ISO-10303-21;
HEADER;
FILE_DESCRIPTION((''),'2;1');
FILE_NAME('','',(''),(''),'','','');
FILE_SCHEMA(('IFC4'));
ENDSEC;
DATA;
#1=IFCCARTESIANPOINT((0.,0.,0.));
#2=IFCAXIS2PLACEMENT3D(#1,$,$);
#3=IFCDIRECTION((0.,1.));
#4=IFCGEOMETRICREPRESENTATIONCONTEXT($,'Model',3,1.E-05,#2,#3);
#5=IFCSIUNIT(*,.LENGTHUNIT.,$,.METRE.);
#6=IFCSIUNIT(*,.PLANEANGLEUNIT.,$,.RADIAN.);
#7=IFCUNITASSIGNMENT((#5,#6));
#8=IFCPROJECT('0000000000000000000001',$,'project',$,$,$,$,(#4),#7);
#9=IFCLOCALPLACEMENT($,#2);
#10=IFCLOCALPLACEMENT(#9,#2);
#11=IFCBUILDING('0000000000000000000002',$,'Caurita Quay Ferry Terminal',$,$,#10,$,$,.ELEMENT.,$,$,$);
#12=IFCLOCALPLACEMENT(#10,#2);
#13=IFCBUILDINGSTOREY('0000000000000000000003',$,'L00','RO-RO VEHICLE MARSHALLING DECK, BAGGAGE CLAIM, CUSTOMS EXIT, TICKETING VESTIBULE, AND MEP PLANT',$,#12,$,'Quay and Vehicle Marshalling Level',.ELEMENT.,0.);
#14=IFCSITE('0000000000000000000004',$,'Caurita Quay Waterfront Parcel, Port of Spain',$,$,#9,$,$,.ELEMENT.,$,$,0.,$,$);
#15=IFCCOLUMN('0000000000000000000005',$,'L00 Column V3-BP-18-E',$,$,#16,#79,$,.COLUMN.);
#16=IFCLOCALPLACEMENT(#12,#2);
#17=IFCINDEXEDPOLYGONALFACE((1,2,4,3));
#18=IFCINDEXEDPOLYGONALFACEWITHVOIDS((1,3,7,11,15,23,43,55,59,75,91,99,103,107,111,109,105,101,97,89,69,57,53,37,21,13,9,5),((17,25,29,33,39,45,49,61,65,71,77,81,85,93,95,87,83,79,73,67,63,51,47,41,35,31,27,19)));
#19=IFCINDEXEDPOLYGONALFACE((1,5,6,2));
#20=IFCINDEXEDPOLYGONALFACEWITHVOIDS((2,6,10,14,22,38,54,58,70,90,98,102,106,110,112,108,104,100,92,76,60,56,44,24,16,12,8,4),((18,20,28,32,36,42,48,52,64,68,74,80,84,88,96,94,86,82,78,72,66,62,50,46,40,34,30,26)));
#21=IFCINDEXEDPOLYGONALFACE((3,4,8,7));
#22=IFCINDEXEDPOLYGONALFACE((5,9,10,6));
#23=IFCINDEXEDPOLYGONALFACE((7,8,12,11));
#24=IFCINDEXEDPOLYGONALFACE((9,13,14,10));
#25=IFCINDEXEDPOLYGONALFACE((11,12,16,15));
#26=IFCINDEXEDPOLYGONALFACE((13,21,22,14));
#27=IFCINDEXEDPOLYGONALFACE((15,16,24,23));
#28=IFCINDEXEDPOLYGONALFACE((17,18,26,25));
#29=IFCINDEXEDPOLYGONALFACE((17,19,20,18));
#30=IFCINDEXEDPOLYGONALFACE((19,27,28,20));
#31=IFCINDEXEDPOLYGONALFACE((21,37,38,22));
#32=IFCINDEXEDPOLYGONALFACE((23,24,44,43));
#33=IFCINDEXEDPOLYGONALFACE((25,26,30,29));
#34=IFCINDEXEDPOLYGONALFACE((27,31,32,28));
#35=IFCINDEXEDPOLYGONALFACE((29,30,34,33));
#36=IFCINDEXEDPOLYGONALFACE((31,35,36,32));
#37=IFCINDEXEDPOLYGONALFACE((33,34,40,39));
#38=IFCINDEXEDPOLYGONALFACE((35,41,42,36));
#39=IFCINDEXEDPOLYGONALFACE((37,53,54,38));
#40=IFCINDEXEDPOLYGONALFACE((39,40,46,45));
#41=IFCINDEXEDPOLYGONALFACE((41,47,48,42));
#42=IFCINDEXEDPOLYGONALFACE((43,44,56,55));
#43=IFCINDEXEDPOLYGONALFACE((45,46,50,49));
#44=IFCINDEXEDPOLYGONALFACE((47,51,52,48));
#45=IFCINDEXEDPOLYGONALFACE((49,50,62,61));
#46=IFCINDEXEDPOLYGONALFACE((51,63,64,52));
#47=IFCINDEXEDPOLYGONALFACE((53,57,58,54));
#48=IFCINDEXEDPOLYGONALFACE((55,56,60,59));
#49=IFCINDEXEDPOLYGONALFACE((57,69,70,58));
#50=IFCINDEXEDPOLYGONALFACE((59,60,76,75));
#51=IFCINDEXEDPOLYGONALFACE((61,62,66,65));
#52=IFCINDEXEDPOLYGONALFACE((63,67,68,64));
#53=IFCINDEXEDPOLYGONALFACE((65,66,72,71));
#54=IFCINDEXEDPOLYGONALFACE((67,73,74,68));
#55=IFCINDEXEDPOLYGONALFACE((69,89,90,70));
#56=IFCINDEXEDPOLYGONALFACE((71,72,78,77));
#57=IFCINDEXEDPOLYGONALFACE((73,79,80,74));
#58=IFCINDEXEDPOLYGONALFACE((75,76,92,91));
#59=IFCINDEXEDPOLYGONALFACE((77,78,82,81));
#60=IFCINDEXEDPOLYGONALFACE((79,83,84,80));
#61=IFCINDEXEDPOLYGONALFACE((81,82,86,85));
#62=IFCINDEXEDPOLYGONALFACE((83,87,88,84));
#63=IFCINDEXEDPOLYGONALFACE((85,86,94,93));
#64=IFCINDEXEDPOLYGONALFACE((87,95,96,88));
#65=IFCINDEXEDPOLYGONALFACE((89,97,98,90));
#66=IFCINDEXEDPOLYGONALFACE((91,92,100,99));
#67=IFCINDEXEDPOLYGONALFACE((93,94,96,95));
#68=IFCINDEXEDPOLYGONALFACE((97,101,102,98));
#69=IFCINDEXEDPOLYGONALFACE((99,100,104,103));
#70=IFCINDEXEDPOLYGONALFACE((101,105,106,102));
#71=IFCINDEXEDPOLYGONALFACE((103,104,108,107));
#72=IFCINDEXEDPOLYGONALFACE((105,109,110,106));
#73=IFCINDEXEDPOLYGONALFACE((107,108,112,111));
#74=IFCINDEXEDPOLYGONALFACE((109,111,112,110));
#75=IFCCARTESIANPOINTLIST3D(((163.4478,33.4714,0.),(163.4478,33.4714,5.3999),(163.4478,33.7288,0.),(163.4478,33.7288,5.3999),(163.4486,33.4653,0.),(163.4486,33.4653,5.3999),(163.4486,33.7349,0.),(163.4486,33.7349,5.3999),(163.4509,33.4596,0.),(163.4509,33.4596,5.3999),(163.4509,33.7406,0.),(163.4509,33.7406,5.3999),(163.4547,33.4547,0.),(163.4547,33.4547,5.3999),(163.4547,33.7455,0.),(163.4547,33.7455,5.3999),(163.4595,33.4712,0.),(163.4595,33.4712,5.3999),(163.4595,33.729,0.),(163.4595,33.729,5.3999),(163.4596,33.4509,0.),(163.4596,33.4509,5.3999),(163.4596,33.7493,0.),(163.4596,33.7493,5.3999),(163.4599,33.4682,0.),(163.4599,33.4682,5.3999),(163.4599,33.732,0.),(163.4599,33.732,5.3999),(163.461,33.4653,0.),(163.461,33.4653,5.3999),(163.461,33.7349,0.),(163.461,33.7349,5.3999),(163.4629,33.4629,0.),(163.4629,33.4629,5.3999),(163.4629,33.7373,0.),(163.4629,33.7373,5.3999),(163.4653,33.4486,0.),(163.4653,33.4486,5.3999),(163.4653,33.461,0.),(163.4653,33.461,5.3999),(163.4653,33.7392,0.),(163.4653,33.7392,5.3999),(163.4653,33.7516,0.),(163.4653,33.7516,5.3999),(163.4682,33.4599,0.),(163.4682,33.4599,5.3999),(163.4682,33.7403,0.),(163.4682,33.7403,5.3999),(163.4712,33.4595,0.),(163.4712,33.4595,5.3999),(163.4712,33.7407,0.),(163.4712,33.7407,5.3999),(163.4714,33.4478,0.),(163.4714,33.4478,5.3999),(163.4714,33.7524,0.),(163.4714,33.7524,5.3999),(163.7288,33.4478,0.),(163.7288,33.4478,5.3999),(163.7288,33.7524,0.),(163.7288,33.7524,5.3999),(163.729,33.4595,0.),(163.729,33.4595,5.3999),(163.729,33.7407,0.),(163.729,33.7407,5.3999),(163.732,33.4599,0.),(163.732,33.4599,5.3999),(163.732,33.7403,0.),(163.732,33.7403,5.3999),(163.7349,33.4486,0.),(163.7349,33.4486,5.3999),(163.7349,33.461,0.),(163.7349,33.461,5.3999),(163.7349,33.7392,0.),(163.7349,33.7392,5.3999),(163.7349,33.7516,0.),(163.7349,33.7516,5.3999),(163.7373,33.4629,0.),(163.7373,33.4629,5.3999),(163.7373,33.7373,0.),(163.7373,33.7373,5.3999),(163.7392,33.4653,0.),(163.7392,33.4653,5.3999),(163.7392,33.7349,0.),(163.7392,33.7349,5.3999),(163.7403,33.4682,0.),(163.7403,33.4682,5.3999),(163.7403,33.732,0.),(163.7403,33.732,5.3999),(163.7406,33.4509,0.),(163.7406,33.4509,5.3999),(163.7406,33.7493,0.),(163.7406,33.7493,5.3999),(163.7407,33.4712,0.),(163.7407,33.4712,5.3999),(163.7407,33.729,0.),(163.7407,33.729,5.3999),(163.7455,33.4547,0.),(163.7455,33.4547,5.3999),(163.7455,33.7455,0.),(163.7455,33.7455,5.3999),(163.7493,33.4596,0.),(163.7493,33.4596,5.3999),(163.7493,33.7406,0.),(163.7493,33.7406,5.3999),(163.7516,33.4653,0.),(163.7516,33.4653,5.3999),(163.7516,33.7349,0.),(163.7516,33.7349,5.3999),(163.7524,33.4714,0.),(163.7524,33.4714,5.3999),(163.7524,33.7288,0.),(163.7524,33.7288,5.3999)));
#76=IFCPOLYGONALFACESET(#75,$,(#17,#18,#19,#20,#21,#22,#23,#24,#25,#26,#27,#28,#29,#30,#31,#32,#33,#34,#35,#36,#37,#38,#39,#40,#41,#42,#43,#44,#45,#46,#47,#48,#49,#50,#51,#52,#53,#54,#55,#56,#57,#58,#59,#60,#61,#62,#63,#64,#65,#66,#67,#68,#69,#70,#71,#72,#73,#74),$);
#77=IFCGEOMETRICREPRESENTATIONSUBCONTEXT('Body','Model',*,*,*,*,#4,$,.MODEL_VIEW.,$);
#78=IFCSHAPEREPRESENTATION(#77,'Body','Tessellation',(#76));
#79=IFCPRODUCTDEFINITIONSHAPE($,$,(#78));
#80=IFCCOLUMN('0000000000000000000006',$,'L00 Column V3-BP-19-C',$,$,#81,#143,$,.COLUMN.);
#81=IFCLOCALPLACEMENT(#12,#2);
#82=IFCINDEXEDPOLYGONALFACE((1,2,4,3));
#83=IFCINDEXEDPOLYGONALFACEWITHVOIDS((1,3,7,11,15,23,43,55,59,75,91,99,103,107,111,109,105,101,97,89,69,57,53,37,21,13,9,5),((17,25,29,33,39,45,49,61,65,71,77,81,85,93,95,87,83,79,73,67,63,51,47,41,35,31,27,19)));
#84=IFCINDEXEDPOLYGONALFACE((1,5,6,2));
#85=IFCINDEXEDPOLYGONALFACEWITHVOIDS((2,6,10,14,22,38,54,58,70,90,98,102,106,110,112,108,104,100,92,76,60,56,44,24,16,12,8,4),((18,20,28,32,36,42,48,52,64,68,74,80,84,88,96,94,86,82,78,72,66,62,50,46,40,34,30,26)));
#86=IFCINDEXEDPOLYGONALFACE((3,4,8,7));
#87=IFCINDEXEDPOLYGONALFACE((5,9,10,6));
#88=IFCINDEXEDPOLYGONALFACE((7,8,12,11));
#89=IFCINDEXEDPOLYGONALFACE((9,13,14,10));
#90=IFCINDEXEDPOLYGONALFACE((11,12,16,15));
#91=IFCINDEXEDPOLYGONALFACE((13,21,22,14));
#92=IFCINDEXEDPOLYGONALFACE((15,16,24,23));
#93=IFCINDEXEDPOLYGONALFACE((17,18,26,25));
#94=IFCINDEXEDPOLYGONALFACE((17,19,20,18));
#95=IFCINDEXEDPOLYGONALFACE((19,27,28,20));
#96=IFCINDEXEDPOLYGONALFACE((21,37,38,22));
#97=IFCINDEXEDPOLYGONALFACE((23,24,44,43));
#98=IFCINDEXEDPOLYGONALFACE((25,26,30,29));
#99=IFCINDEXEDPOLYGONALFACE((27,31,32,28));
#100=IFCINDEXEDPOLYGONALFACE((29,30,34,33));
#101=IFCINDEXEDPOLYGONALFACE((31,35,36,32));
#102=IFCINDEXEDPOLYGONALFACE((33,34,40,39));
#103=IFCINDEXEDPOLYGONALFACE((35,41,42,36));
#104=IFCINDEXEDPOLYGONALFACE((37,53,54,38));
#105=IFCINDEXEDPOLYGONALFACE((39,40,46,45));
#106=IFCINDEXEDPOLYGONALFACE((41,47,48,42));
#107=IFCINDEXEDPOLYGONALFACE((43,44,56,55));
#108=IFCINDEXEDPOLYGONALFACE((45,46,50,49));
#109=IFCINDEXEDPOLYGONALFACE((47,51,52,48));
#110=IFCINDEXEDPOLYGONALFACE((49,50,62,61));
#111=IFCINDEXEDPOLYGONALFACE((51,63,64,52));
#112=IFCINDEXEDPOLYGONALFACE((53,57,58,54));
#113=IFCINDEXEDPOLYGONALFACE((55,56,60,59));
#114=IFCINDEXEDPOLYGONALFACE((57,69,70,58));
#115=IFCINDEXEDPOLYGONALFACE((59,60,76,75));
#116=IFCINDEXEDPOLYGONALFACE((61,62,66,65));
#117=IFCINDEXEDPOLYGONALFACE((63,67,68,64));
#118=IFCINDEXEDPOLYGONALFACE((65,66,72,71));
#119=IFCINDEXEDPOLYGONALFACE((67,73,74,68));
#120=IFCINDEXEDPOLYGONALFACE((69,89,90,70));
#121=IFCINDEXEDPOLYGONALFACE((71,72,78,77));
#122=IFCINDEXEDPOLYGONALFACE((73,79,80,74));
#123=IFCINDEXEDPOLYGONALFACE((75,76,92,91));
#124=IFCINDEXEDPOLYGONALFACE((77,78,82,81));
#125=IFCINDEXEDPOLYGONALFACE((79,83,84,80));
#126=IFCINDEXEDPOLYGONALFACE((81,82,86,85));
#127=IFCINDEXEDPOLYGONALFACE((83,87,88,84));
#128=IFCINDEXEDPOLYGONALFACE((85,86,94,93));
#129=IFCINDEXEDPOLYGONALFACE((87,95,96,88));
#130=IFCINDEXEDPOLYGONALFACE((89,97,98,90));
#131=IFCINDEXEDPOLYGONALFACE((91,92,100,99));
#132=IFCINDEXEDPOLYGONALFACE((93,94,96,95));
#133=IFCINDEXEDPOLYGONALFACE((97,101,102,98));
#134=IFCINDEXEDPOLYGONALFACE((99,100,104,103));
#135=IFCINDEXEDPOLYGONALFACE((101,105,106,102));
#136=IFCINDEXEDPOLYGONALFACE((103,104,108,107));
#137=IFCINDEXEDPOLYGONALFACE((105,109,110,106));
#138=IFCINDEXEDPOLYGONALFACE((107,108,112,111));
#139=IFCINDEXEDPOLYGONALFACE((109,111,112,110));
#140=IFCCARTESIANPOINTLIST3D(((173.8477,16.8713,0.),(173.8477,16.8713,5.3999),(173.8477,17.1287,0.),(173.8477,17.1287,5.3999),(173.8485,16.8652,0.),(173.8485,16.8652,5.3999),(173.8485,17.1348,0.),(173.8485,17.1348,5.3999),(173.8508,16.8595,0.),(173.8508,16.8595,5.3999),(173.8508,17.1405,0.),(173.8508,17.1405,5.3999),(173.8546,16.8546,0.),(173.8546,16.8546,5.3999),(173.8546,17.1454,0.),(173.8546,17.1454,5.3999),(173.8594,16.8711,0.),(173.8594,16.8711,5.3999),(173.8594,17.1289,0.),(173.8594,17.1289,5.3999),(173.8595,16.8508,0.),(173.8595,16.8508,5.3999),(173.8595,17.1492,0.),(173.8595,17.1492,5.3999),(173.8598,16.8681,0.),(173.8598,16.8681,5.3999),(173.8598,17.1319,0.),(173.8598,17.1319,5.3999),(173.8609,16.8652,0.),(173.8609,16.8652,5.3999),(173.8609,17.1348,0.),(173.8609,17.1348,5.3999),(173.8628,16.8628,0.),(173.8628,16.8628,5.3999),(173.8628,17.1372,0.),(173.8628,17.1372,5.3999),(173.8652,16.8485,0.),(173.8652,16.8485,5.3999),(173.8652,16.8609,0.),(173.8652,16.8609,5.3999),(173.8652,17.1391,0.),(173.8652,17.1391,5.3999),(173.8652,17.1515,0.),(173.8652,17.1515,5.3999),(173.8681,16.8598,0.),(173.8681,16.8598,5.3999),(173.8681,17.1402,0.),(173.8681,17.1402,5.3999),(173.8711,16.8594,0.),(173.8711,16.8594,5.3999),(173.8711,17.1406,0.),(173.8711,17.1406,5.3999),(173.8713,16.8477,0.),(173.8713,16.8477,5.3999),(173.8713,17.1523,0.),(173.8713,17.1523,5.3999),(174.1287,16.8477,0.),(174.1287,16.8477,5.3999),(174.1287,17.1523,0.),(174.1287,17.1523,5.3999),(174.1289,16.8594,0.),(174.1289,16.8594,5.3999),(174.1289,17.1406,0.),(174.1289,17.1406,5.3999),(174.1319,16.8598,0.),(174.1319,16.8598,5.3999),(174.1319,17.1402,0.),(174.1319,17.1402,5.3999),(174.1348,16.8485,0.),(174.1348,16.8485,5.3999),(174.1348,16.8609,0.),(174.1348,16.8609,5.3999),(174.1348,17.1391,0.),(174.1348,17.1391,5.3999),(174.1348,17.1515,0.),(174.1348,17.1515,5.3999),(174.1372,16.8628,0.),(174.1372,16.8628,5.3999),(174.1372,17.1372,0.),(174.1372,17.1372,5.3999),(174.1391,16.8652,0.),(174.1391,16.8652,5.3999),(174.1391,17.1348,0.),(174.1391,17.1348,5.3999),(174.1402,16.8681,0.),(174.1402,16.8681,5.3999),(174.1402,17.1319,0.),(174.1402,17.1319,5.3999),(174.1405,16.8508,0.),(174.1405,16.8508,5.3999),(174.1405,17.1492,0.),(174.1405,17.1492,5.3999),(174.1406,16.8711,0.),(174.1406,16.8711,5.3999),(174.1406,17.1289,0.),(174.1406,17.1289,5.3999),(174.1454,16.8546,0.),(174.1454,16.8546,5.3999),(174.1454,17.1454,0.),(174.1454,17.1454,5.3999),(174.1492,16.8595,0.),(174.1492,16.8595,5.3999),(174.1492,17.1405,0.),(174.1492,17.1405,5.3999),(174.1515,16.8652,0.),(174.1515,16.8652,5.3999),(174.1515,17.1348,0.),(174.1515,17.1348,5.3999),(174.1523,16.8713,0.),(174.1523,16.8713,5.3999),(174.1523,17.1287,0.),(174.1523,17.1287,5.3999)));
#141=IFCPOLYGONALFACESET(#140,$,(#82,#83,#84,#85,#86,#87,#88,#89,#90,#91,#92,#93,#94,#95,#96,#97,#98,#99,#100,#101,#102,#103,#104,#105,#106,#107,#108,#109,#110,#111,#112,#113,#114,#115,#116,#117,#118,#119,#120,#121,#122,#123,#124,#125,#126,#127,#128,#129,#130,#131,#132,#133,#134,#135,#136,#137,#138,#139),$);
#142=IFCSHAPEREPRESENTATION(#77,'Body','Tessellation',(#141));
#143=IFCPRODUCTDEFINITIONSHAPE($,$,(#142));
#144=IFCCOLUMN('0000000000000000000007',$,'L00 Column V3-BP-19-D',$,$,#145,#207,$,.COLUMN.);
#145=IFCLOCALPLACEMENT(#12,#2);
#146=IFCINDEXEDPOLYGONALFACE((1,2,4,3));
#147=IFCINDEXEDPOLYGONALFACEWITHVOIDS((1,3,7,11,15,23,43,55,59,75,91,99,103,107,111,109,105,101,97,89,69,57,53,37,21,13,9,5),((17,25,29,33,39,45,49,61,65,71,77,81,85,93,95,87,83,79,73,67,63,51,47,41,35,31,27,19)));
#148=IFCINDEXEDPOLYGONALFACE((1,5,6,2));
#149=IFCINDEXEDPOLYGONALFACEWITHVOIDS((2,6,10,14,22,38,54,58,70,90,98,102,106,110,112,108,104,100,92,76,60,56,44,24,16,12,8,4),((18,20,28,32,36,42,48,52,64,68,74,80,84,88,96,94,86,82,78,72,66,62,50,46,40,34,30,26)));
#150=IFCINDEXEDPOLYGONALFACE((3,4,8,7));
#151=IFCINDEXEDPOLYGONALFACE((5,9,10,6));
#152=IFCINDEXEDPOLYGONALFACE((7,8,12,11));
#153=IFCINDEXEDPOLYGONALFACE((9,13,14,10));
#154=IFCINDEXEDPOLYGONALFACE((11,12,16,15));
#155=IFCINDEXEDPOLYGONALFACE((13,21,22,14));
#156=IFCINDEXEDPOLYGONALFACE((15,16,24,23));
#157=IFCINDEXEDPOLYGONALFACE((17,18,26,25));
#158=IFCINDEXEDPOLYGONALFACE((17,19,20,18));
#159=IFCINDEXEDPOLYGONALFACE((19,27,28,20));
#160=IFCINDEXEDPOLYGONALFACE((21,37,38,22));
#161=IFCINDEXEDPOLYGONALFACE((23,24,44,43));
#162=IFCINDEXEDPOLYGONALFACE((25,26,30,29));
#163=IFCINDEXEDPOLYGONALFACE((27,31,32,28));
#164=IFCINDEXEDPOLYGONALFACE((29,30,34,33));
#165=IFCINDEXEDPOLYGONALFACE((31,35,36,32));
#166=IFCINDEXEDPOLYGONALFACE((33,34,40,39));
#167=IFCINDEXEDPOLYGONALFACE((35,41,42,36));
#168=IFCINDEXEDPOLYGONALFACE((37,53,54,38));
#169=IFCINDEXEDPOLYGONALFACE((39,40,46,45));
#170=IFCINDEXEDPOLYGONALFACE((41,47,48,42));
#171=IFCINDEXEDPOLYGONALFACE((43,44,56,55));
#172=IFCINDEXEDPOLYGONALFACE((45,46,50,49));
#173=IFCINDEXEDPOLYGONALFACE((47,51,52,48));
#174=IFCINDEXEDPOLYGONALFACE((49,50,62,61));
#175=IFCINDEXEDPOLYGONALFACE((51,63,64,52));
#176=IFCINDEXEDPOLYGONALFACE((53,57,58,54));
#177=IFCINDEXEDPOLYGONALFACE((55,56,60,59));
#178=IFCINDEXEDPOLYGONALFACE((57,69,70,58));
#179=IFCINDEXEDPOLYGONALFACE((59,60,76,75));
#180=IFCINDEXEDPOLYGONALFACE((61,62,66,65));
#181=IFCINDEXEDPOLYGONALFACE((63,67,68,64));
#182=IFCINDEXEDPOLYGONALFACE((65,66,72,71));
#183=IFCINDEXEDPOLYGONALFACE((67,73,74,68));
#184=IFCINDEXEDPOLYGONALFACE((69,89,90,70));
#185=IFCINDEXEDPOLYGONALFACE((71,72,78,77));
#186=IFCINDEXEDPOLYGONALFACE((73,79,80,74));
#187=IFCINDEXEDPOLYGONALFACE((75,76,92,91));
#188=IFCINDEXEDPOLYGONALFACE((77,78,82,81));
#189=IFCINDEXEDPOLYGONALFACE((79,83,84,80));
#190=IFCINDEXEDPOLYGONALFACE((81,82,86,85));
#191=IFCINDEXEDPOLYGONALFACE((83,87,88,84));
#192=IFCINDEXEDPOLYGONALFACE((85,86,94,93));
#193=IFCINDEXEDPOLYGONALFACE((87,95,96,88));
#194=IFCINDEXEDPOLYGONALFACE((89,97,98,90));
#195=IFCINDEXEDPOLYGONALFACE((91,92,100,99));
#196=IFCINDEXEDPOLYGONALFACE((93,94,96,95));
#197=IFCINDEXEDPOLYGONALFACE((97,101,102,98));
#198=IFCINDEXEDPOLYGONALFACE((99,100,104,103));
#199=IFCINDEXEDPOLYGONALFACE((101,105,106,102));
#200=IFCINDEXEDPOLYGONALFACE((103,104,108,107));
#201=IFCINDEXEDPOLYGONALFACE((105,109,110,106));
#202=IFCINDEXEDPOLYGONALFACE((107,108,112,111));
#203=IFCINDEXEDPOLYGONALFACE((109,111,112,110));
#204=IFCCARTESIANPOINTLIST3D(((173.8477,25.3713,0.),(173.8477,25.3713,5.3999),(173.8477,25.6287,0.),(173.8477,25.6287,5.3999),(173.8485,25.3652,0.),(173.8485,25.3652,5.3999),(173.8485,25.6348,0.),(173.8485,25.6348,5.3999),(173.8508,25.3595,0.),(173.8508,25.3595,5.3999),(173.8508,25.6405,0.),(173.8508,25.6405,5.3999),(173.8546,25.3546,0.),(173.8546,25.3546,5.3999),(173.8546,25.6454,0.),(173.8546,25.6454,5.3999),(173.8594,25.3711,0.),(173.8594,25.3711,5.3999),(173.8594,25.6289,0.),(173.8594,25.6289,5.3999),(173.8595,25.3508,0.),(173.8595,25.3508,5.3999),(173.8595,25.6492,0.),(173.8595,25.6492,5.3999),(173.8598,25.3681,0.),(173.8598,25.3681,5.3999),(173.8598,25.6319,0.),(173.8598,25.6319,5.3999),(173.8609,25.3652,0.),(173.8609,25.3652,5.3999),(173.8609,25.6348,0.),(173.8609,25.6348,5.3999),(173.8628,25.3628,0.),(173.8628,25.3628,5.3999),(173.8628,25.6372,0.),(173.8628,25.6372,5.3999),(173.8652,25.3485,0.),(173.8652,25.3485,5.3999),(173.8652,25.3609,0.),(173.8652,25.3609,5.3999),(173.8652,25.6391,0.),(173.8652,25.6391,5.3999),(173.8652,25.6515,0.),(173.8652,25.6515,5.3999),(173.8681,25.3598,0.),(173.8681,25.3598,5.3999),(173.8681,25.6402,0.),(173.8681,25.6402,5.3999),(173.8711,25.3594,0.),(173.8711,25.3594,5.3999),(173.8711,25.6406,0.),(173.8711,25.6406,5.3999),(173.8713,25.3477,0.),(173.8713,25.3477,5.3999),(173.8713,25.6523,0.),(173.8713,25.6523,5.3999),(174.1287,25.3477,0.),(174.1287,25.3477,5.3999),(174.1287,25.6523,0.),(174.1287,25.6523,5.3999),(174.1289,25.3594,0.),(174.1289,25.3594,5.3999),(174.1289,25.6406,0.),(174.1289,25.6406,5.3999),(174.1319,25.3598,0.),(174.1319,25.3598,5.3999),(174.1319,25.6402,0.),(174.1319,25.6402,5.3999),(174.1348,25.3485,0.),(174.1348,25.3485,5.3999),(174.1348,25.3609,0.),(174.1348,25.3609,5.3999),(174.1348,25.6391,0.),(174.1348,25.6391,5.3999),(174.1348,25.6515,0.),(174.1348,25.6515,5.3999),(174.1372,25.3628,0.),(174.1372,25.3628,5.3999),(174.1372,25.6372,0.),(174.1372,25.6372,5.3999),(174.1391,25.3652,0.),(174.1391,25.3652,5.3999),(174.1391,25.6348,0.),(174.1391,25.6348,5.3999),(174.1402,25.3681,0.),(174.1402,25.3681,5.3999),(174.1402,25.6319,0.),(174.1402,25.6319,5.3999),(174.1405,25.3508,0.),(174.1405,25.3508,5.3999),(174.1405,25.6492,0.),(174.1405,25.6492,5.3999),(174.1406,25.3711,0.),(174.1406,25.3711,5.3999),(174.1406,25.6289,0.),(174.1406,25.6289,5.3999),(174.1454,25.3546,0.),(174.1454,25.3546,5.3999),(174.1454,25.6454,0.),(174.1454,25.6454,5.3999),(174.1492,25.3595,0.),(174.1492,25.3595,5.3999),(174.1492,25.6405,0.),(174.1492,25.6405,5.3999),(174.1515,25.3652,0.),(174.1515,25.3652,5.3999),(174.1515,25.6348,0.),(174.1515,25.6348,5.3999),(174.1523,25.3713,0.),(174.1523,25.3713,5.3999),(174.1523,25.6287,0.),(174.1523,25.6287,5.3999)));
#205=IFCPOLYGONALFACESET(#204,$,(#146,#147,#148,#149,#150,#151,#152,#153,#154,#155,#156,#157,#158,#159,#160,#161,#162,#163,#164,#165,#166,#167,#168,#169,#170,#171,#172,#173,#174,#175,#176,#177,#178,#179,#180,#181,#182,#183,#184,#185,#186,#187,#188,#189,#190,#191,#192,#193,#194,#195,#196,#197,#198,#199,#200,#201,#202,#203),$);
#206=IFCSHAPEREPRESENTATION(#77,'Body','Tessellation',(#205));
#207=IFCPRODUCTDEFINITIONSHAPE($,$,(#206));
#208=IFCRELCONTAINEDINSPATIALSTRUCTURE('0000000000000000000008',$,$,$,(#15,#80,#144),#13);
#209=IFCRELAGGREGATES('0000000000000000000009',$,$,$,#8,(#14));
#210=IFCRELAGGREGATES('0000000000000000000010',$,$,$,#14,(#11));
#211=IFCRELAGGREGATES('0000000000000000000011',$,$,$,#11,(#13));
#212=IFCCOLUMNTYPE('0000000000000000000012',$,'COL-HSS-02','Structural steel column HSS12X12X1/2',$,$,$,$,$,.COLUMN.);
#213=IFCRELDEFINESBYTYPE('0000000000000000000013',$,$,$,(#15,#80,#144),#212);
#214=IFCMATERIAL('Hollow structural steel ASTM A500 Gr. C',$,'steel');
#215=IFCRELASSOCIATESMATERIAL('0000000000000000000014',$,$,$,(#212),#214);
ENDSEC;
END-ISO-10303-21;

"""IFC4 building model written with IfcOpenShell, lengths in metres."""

from ifc_helpers import new_model, si_unit, direction, frame, origin, origin_2d, place, context, subcontext, project, spatial, hollow_rectangle, extrude, material, material_profile, profile_set, type_object, element, save


model = new_model("IFC4")

# Units and contexts
model_context = context("Model", 3, precision=1e-05, world=origin(), true_north=direction((0.0, 1.0)))
body_context = subcontext(model_context, "Body", "Model", "MODEL_VIEW")
ifc_project = project(units=[si_unit("LENGTHUNIT", "METRE"), si_unit("PLANEANGLEUNIT", "RADIAN")], contexts=[model_context])

# Site, building, storey
site_placement = place(None, origin())
site = spatial("IfcSite", under=ifc_project, at=site_placement, Name="Caurita Quay Waterfront Parcel, Port of Spain", CompositionType="ELEMENT", RefElevation=0.0)
building_placement = place(site_placement, origin())
building = spatial("IfcBuilding", under=site, at=building_placement, Name="Caurita Quay Ferry Terminal", CompositionType="ELEMENT")
storey_placement = place(building_placement, origin())
storey = spatial("IfcBuildingStorey", under=building, at=storey_placement, Name="L00", Description="RO-RO VEHICLE MARSHALLING DECK, BAGGAGE CLAIM, CUSTOMS EXIT, TICKETING VESTIBULE, AND MEP PLANT", LongName="Quay and Vehicle Marshalling Level", CompositionType="ELEMENT", Elevation=0.0)

# Columns
ifc_material_1 = material(Name="Hollow structural steel ASTM A500 Gr. C", Category="steel")
ifc_material_profile_1 = material_profile(ifc_material_1, hollow_rectangle(XDim=0.3047, YDim=0.3047, WallThickness=0.0117, InnerFilletRadius=0.0117, OuterFilletRadius=0.0237, at=origin_2d()), Name="HSS12X12X1/2")
ifc_profile_set_1 = profile_set([ifc_material_profile_1], Name="Hollow structural steel ASTM A500 Gr. C")
column_type_1 = type_object("IfcColumnType", Name="COL-HSS-02", Description="Structural steel column HSS12X12X1/2", PredefinedType="COLUMN", material=ifc_profile_set_1)
for number, where, z_axis, x_axis, name in (
    (1, (163.6001, 33.6001, 0.0), (0.0, 0.0, 1.0), (1.0, 0.0, 0.0), "L00 Column V3-BP-18-E"),
    (2, (174.0, 17.0, 0.0), (0.0, 0.0, 1.0), (1.0, 0.0, 0.0), "L00 Column V3-BP-19-C"),
    (3, (174.0, 25.5, 0.0), (0.0, 0.0, 1.0), (1.0, 0.0, 0.0), "L00 Column V3-BP-19-D"),
):
    element("IfcColumn", number, at=place(storey_placement, frame(where, z_axis=z_axis, x_axis=x_axis)), inside=storey, type_object=column_type_1, Name=name, PredefinedType="COLUMN", context=body_context, shape_type="SweptSolid", body=[
        extrude(hollow_rectangle(XDim=0.3047, YDim=0.3047, WallThickness=0.0117, InnerFilletRadius=0.0117, OuterFilletRadius=0.0237, at=origin_2d()), origin(), (0.0, 0.0, 1.0), 5.3999),
    ])

save(model, "model.ifc")
